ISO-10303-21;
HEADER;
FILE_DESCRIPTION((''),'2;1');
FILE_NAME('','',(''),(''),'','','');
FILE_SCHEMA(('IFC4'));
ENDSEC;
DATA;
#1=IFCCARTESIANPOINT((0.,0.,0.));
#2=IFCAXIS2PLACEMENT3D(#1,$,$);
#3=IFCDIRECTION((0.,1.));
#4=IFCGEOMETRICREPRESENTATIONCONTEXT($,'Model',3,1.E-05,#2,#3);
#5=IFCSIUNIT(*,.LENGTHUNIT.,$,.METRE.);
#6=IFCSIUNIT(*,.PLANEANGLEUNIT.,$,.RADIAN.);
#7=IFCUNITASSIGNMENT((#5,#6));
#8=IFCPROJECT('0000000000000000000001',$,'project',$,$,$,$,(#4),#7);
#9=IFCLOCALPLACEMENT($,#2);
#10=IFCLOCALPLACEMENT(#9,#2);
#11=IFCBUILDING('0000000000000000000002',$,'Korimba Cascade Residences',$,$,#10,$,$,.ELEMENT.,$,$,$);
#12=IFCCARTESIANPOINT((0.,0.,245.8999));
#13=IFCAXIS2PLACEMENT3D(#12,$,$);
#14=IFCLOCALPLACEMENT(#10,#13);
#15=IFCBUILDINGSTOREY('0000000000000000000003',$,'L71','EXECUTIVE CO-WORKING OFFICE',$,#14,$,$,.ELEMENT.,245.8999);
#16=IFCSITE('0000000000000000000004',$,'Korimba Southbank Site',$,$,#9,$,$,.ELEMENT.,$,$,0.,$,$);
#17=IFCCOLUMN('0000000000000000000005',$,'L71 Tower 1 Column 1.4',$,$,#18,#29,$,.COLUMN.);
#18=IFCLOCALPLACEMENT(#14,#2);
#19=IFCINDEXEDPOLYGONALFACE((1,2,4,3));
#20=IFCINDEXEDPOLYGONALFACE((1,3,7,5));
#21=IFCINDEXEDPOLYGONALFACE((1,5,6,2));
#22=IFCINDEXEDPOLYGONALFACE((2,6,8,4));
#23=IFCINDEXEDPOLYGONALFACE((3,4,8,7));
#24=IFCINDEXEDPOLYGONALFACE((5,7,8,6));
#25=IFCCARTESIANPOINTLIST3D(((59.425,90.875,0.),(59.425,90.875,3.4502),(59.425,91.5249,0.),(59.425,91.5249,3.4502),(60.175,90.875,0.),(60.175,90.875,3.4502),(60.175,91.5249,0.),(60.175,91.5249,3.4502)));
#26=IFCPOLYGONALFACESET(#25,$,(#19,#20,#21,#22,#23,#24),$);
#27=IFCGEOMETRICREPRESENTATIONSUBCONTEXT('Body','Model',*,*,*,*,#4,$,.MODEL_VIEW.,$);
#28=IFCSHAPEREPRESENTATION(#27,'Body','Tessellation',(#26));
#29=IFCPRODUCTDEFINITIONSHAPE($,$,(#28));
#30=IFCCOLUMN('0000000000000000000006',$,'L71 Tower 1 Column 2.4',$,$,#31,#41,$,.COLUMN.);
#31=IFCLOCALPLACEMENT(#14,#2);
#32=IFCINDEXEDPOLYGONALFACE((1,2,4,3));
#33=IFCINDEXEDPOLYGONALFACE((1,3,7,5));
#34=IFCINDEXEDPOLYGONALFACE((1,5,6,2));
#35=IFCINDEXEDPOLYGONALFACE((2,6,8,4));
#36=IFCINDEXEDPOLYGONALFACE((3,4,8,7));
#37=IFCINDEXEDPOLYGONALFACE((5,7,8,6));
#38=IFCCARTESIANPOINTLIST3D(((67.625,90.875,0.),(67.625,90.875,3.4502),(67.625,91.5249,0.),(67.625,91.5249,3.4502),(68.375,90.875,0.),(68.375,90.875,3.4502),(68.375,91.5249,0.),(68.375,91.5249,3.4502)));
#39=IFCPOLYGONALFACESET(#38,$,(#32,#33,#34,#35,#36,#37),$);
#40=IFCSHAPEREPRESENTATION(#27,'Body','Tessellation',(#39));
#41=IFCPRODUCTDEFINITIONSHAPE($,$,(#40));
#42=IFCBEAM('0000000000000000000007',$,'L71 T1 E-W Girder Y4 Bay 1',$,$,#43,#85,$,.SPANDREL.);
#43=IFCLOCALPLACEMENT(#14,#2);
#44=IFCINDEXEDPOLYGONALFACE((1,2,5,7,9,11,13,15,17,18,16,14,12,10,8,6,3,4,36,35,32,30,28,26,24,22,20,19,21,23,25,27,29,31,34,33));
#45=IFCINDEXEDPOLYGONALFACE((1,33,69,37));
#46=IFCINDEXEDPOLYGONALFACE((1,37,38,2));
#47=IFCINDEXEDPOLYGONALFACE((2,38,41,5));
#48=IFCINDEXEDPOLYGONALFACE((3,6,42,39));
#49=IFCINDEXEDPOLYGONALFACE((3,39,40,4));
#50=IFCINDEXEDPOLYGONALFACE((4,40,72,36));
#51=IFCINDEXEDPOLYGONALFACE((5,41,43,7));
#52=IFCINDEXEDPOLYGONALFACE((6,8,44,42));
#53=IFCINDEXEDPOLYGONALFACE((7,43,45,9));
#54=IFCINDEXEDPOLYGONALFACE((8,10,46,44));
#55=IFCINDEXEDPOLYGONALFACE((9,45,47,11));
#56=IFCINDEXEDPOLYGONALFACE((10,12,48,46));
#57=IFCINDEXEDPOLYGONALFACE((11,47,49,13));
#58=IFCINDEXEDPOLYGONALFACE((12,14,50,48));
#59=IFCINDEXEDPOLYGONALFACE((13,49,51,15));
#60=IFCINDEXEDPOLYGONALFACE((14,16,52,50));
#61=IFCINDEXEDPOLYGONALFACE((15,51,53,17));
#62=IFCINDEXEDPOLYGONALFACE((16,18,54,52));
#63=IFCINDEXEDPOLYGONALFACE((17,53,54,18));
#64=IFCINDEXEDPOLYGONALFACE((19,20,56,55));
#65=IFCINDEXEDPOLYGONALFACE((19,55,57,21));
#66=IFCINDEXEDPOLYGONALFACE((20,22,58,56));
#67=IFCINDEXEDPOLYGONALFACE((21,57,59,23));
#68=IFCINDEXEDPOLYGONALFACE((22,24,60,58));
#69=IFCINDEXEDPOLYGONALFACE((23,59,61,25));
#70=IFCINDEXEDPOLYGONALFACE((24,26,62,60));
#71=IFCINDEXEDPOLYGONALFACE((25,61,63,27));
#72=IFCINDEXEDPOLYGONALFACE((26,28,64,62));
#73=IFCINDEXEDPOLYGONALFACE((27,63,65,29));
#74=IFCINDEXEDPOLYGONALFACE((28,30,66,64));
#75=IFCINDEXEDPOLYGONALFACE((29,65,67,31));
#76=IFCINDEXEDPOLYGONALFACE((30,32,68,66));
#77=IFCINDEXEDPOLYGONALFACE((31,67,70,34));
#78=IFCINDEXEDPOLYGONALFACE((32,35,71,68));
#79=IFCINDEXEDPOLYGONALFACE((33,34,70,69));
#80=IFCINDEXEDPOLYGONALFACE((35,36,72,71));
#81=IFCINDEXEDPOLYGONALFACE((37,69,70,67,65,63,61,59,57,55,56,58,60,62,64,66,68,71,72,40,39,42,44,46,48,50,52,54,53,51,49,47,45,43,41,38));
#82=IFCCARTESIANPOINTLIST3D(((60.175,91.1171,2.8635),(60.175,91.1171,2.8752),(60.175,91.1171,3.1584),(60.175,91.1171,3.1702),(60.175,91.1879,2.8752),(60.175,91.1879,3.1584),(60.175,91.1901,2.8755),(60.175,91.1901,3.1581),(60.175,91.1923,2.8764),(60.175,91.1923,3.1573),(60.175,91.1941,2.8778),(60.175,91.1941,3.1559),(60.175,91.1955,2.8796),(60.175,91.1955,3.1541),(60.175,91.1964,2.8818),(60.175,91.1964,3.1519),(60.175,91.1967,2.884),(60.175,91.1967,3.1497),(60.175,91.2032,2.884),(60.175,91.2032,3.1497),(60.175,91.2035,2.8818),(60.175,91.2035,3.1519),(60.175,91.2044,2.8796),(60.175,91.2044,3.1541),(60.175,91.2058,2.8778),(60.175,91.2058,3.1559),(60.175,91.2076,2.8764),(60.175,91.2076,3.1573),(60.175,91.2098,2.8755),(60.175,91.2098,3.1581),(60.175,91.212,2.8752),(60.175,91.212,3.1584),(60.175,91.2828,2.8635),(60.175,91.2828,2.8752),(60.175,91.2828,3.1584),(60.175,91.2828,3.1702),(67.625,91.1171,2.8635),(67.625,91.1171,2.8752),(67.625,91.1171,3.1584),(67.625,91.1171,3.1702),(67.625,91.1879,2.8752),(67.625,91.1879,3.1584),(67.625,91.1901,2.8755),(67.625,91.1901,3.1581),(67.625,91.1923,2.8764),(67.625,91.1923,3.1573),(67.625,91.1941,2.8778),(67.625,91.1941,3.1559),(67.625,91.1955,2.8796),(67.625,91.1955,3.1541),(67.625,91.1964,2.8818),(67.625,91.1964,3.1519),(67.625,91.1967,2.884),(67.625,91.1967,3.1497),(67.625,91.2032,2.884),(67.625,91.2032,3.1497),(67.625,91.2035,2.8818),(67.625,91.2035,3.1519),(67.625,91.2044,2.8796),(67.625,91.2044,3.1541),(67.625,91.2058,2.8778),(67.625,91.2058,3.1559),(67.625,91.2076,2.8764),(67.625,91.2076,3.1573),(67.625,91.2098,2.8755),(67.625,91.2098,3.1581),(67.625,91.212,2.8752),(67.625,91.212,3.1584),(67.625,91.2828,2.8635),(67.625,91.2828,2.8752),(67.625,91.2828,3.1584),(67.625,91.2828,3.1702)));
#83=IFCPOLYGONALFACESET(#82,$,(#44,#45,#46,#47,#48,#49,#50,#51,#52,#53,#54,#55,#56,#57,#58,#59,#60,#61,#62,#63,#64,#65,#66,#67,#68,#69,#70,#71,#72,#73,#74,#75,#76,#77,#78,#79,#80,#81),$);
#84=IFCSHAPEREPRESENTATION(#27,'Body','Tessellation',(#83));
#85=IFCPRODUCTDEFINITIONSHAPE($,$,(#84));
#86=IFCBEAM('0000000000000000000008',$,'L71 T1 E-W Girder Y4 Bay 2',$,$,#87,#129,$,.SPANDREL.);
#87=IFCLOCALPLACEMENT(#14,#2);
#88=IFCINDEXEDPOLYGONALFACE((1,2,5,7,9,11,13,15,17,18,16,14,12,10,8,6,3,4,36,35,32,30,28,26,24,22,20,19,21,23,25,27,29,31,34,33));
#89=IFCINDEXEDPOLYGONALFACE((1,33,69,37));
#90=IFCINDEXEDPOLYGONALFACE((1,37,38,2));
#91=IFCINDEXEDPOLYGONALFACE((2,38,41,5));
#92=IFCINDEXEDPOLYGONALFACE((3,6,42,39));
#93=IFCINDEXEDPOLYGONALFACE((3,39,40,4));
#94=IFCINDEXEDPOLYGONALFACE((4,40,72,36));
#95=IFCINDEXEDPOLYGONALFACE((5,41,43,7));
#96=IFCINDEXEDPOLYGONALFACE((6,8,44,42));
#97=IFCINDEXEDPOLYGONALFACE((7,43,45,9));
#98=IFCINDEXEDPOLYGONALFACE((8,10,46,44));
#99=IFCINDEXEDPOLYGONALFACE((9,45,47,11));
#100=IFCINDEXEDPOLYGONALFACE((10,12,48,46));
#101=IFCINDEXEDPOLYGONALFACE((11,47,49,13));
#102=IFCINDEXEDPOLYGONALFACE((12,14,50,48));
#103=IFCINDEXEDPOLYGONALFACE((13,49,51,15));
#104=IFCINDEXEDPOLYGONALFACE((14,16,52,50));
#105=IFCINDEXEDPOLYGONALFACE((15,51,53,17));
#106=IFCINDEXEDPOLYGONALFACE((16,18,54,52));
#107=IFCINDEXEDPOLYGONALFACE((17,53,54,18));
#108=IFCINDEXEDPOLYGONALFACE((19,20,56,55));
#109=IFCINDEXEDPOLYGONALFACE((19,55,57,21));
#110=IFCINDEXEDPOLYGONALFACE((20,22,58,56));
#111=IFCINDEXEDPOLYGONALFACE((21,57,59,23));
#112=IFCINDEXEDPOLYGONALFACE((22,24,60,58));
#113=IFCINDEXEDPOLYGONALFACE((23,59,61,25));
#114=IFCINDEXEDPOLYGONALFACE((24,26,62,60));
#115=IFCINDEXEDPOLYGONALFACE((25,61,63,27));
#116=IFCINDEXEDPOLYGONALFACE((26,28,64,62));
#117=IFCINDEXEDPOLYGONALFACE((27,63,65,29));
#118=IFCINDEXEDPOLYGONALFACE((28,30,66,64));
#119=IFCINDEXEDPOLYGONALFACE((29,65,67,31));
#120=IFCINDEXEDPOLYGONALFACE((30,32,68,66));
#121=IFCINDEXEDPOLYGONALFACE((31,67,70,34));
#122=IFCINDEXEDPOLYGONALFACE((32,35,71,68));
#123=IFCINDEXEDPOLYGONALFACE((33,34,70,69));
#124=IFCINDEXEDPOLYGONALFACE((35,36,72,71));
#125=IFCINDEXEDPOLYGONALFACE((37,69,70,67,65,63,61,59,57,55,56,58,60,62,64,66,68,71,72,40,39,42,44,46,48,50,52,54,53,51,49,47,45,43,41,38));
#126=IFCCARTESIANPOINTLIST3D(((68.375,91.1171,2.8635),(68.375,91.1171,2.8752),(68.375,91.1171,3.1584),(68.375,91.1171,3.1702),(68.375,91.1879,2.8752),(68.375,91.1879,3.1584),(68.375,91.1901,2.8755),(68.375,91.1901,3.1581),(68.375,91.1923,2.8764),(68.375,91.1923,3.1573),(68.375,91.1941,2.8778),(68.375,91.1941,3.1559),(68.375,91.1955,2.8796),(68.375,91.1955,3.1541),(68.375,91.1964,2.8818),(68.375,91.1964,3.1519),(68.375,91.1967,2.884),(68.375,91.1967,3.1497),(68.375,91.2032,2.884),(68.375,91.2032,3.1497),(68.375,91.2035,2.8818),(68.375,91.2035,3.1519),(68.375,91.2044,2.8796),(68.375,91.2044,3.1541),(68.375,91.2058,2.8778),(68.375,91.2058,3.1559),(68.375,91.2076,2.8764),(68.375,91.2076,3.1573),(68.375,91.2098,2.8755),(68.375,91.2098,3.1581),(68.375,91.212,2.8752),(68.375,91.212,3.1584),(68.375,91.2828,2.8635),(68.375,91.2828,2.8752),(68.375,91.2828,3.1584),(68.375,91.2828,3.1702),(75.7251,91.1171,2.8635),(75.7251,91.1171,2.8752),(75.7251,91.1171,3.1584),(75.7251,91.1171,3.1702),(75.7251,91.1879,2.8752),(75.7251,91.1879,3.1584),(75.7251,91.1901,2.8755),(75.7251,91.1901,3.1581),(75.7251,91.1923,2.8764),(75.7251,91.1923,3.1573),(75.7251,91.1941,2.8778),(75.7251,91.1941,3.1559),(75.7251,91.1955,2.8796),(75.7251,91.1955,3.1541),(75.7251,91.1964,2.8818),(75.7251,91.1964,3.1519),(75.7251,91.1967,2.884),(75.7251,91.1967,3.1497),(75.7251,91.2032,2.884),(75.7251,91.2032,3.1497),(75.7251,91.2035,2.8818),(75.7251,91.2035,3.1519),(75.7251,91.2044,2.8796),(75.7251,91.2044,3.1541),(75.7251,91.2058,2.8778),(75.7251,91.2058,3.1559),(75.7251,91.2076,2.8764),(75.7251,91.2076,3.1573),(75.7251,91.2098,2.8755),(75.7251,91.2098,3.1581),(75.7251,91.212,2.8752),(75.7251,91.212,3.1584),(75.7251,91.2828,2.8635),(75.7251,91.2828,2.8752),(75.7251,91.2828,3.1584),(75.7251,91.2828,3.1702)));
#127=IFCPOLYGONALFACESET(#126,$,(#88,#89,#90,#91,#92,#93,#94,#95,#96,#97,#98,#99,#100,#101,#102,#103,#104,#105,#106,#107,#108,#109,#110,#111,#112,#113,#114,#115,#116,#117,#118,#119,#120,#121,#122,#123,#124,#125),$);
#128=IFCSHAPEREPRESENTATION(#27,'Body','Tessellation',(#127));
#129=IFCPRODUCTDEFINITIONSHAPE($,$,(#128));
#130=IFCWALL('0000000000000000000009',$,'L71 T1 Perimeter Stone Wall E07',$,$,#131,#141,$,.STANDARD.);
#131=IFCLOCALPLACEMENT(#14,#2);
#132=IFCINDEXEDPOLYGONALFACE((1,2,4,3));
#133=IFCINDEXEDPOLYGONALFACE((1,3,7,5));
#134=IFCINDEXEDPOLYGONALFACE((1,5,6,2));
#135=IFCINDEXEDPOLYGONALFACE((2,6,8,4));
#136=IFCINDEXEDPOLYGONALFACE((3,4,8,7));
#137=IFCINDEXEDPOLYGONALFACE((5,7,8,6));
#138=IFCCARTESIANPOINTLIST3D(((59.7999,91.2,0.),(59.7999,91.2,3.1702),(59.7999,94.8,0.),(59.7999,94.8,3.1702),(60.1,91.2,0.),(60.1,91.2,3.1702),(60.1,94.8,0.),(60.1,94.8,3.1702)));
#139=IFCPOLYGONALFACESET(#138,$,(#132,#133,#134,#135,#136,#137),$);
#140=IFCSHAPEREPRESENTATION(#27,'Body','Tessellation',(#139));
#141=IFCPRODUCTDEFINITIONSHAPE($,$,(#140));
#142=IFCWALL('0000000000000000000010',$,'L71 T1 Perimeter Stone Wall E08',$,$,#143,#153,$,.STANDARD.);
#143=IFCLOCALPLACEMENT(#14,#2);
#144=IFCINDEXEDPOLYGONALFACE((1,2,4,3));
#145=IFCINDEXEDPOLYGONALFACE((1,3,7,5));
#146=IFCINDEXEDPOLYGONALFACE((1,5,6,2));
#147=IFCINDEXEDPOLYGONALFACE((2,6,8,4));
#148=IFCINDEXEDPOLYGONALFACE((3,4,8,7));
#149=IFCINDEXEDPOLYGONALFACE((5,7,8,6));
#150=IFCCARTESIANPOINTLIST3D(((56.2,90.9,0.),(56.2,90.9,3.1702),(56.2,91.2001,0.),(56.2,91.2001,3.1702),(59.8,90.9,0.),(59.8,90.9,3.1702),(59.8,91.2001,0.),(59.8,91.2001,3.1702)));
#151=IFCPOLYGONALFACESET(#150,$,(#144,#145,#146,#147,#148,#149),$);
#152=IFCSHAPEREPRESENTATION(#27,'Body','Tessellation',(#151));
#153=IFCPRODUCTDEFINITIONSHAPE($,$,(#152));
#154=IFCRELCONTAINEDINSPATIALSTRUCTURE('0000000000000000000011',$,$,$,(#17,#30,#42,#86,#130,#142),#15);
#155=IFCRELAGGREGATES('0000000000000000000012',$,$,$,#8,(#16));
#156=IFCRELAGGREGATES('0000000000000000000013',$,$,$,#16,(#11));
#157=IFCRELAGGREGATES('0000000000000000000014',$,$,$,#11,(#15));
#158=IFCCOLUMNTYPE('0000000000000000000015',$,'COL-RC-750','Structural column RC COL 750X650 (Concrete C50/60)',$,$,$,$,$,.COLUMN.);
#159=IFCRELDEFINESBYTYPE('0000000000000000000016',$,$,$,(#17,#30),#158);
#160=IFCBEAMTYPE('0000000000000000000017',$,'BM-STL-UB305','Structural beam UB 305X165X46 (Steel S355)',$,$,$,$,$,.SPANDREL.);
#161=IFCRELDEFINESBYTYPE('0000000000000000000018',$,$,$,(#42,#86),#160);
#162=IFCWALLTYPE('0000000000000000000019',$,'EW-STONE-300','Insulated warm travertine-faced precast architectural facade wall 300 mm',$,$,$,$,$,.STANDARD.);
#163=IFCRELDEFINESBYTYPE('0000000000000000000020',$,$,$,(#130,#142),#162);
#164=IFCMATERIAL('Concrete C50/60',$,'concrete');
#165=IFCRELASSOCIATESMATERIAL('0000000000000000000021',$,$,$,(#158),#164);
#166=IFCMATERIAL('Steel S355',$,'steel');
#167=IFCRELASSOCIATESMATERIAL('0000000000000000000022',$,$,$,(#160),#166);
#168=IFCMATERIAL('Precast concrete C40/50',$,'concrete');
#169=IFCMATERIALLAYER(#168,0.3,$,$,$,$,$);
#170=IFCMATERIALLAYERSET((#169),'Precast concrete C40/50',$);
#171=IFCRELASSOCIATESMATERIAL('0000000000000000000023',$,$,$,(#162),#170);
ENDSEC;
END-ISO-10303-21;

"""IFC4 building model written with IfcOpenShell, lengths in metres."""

from ifc_helpers import new_model, si_unit, direction, frame, frame_2d, origin, origin_2d, place, context, subcontext, project, spatial, rectangle, i_section, extrude, material, layer, layer_set, material_profile, profile_set, type_object, element, save


model = new_model("IFC4")

# Units and contexts
model_context = context("Model", 3, precision=1e-05, world=origin(), true_north=direction((0.0, 1.0)))
body_context = subcontext(model_context, "Body", "Model", "MODEL_VIEW")
ifc_project = project(units=[si_unit("LENGTHUNIT", "METRE"), si_unit("PLANEANGLEUNIT", "RADIAN")], contexts=[model_context])

# Site, building, storey
site_placement = place(None, origin())
site = spatial("IfcSite", under=ifc_project, at=site_placement, Name="Korimba Southbank Site", CompositionType="ELEMENT", RefElevation=0.0)
building_placement = place(site_placement, origin())
building = spatial("IfcBuilding", under=site, at=building_placement, Name="Korimba Cascade Residences", CompositionType="ELEMENT")
storey_placement = place(building_placement, frame((0.0, 0.0, 245.8999)))
storey = spatial("IfcBuildingStorey", under=building, at=storey_placement, Name="L71", Description="EXECUTIVE CO-WORKING OFFICE", CompositionType="ELEMENT", Elevation=245.8999)

# Columns
ifc_material_1 = material(Name="Concrete C50/60", Category="concrete")
ifc_material_profile_1 = material_profile(ifc_material_1, rectangle(XDim=0.75, YDim=0.6499, at=origin_2d()), Name="Concrete C50/60")
ifc_profile_set_1 = profile_set([ifc_material_profile_1], Name="Concrete C50/60")
column_type = type_object("IfcColumnType", Name="COL-RC-750", Description="Structural column RC COL 750X650 (Concrete C50/60)", PredefinedType="COLUMN", material=ifc_profile_set_1)
for number, where, z_axis, x_axis, name in (
    (1, (59.8, 91.2, 0.0), (0.0, 0.0, 1.0), (1.0, 0.0, 0.0), "L71 Tower 1 Column 1.4"),
    (2, (68.0, 91.2, 0.0), (0.0, 0.0, 1.0), (1.0, 0.0, 0.0), "L71 Tower 1 Column 2.4"),
):
    element("IfcColumn", number, at=place(storey_placement, frame(where, z_axis=z_axis, x_axis=x_axis)), inside=storey, type_object=column_type, Name=name, PredefinedType="COLUMN", context=body_context, shape_type="SweptSolid", body=[
        extrude(rectangle(XDim=0.75, YDim=0.6499, at=origin_2d()), origin(), (0.0, 0.0, 1.0), 3.4502),
    ])

# Beams
ifc_material_2 = material(Name="Steel S355", Category="steel")
ifc_material_profile_2 = material_profile(ifc_material_2, i_section(OverallWidth=0.1658, OverallDepth=0.3066, WebThickness=0.0066, FlangeThickness=0.0117, FilletRadius=0.0088, at=origin_2d()), Name="Steel S355")
ifc_profile_set_2 = profile_set([ifc_material_profile_2], Name="Steel S355")
beam_type = type_object("IfcBeamType", Name="BM-STL-UB305", Description="Structural beam UB 305X165X46 (Steel S355)", PredefinedType="SPANDREL", material=ifc_profile_set_2)
beam_1_placement = place(storey_placement, frame((60.175, 91.2, 3.0168), z_axis=(1.0, 0.0, 0.0), x_axis=(0.0, 1.0, 0.0)))
element("IfcBeam", 3, at=beam_1_placement, inside=storey, type_object=beam_type, Name="L71 T1 E-W Girder Y4 Bay 1", PredefinedType="SPANDREL", context=body_context, shape_type="SweptSolid", body=[
    extrude(i_section(OverallWidth=0.1658, OverallDepth=0.3066, WebThickness=0.0066, FlangeThickness=0.0117, FilletRadius=0.0088, at=origin_2d()), origin(), (0.0, 0.0, 1.0), 7.45),
])
beam_2_placement = place(storey_placement, frame((68.375, 91.2, 3.0168), z_axis=(1.0, 0.0, 0.0), x_axis=(0.0, 1.0, 0.0)))
element("IfcBeam", 4, at=beam_2_placement, inside=storey, type_object=beam_type, Name="L71 T1 E-W Girder Y4 Bay 2", PredefinedType="SPANDREL", context=body_context, shape_type="SweptSolid", body=[
    extrude(i_section(OverallWidth=0.1658, OverallDepth=0.3066, WebThickness=0.0066, FlangeThickness=0.0117, FilletRadius=0.0088, at=origin_2d()), origin(), (0.0, 0.0, 1.0), 7.3501),
])

# Walls
ifc_material_3 = material(Name="Precast concrete C40/50", Category="concrete")
ifc_layer_1 = layer(ifc_material_3, 0.3)
ifc_layer_set_1 = layer_set([ifc_layer_1], Name="Precast concrete C40/50")
wall_type_1 = type_object("IfcWallType", Name="EW-STONE-300", Description="Insulated warm travertine-faced precast architectural facade wall 300 mm", PredefinedType="STANDARD", material=ifc_layer_set_1)
for number, where, z_axis, x_axis, name in (
    (5, (59.95, 94.8, 0.0), (0.0, 0.0, 1.0), (0.0, -1.0, 0.0), "L71 T1 Perimeter Stone Wall E07"),
    (6, (59.8, 91.05, 0.0), (0.0, 0.0, 1.0), (-1.0, 0.0, 0.0), "L71 T1 Perimeter Stone Wall E08"),
):
    element("IfcWall", number, at=place(storey_placement, frame(where, z_axis=z_axis, x_axis=x_axis)), inside=storey, type_object=wall_type_1, Name=name, PredefinedType="STANDARD", context=body_context, shape_type="SweptSolid", body=[
        extrude(rectangle(XDim=3.6001, YDim=0.3, at=frame_2d((1.8, 0.0))), origin(), (0.0, 0.0, 1.0), 3.1702),
    ])

save(model, "model.ifc")
